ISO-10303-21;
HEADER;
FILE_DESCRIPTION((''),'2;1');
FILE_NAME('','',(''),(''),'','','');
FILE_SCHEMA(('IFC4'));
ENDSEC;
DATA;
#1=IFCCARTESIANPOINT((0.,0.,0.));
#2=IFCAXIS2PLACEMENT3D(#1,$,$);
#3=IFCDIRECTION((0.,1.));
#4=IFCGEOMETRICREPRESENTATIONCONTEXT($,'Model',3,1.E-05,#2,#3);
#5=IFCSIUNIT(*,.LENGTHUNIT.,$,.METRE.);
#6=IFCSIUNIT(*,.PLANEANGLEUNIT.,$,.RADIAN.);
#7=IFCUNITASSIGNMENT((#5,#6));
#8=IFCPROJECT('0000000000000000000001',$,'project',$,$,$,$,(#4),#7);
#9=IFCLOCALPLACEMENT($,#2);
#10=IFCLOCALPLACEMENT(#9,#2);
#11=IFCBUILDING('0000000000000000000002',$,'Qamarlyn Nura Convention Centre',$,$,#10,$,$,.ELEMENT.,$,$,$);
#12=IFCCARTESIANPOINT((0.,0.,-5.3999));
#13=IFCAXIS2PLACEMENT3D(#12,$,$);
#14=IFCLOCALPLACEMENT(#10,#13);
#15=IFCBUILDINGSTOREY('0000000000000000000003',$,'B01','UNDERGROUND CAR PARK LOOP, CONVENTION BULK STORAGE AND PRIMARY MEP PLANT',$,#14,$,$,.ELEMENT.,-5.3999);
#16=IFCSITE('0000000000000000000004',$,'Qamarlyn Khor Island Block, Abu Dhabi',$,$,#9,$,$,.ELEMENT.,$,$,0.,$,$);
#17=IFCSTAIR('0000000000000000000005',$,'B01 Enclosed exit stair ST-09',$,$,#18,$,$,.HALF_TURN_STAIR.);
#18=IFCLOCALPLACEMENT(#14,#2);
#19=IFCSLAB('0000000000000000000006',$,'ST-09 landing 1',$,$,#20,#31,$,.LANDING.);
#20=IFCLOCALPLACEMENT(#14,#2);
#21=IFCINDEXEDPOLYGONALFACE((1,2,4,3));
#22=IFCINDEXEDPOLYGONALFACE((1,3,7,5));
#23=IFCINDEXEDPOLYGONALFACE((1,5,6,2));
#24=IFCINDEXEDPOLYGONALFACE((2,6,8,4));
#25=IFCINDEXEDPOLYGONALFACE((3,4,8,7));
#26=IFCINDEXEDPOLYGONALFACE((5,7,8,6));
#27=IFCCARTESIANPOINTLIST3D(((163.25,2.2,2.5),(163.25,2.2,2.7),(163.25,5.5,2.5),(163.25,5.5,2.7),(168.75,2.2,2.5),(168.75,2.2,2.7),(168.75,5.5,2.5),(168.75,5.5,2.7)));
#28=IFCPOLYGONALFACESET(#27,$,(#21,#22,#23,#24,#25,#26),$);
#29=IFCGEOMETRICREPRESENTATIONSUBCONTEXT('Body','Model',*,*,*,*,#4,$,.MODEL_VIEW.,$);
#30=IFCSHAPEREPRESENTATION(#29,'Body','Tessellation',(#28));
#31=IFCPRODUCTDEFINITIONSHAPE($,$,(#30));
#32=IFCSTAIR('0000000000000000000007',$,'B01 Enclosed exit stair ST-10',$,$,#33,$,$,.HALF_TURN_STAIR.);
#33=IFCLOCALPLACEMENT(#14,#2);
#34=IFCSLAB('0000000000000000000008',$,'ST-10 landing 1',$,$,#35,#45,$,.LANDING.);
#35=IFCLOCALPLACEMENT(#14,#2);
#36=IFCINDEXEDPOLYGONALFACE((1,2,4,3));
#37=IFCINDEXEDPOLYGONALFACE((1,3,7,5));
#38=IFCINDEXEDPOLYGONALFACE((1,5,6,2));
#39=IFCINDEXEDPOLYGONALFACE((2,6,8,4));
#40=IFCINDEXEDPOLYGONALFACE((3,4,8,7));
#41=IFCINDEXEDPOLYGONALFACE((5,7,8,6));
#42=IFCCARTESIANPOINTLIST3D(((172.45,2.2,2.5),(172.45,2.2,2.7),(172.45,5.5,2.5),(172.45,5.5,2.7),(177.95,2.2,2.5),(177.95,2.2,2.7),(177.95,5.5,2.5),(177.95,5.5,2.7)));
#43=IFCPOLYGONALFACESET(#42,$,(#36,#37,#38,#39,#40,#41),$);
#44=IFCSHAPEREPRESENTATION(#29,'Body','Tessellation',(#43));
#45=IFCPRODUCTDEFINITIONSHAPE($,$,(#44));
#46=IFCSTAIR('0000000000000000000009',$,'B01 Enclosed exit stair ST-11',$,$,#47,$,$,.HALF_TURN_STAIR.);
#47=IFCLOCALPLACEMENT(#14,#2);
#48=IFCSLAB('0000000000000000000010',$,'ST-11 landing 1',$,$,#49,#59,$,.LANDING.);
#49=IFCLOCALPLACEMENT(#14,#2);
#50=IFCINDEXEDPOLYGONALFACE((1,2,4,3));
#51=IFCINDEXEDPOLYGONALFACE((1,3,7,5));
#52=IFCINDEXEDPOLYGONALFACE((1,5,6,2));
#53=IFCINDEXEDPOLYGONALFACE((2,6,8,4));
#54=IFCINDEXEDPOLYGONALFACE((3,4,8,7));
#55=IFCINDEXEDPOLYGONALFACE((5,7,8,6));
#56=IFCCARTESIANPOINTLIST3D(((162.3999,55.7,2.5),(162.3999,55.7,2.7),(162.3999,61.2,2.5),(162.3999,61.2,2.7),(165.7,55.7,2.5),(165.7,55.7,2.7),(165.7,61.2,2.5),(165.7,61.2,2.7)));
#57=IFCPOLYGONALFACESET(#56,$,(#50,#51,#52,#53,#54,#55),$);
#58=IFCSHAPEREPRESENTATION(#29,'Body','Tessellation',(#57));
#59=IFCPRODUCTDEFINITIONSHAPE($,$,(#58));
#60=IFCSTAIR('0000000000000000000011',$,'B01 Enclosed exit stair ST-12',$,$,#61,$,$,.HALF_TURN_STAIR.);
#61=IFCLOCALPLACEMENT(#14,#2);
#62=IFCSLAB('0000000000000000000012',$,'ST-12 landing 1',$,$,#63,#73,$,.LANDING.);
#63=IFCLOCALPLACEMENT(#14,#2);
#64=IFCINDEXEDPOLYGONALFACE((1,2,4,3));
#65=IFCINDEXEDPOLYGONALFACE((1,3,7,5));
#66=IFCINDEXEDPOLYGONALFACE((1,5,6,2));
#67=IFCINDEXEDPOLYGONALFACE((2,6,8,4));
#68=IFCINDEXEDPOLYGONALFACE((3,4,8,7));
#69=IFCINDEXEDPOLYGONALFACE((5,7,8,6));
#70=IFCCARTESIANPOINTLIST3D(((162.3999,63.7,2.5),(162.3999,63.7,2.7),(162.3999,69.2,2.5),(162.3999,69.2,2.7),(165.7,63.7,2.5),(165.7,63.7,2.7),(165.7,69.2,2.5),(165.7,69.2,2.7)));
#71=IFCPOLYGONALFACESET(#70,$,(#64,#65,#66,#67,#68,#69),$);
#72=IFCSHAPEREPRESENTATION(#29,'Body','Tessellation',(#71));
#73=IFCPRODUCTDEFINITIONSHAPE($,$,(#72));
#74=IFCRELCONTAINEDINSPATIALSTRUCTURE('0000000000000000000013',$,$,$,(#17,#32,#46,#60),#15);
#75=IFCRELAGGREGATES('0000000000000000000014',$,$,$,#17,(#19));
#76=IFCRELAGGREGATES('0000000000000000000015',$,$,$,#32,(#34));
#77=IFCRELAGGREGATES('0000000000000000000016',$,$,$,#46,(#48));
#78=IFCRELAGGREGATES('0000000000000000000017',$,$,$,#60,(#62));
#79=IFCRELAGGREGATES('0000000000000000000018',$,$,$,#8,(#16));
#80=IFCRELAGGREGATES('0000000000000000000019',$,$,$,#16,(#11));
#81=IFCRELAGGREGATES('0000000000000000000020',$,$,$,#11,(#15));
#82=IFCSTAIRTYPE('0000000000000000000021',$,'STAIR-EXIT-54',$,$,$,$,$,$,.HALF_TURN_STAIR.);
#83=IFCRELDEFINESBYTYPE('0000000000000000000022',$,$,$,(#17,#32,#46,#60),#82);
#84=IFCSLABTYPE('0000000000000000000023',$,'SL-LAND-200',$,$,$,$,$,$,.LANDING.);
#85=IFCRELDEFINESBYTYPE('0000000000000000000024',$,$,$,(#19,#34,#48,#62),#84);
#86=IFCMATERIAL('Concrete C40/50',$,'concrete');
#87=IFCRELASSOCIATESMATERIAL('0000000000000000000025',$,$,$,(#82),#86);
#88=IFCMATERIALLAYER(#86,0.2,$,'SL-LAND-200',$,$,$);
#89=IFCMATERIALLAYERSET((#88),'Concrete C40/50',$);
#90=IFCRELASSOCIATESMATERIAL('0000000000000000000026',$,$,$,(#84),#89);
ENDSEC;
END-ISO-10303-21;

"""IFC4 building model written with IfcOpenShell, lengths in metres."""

from ifc_helpers import new_model, si_unit, direction, frame, origin, place, context, subcontext, project, spatial, polyline, outline, extrude, material, layer, layer_set, type_object, element, aggregate, save


model = new_model("IFC4")

# Units and contexts
model_context = context("Model", 3, precision=1e-05, world=origin(), true_north=direction((0.0, 1.0)))
body_context = subcontext(model_context, "Body", "Model", "MODEL_VIEW")
ifc_project = project(units=[si_unit("LENGTHUNIT", "METRE"), si_unit("PLANEANGLEUNIT", "RADIAN")], contexts=[model_context])

# Site, building, storey
site_placement = place(None, origin())
site = spatial("IfcSite", under=ifc_project, at=site_placement, Name="Qamarlyn Khor Island Block, Abu Dhabi", CompositionType="ELEMENT", RefElevation=0.0)
building_placement = place(site_placement, origin())
building = spatial("IfcBuilding", under=site, at=building_placement, Name="Qamarlyn Nura Convention Centre", CompositionType="ELEMENT")
storey_placement = place(building_placement, frame((0.0, 0.0, -5.3999)))
storey = spatial("IfcBuildingStorey", under=building, at=storey_placement, Name="B01", Description="UNDERGROUND CAR PARK LOOP, CONVENTION BULK STORAGE AND PRIMARY MEP PLANT", CompositionType="ELEMENT", Elevation=-5.3999)

# Shared definitions
ifc_material = material(Name="Concrete C40/50", Category="concrete")

# Stairs, slabs
stair_type = type_object("IfcStairType", Name="STAIR-EXIT-54", PredefinedType="HALF_TURN_STAIR", material=ifc_material)
ifc_layer_1 = layer(ifc_material, 0.2, Name="SL-LAND-200")
ifc_layer_set_1 = layer_set([ifc_layer_1], Name="Concrete C40/50")
slab_type_1 = type_object("IfcSlabType", Name="SL-LAND-200", PredefinedType="LANDING", material=ifc_layer_set_1)
stair_1_placement = place(storey_placement, origin())
stair_1 = element("IfcStair", 1, at=stair_1_placement, inside=storey, type_object=stair_type, Name="B01 Enclosed exit stair ST-09", PredefinedType="HALF_TURN_STAIR")
slab_1_placement = place(storey_placement, frame((0.0, 0.0, 2.5)))
slab_1 = element("IfcSlab", 2, at=slab_1_placement, type_object=slab_type_1, Name="ST-09 landing 1", PredefinedType="LANDING", context=body_context, shape_type="SweptSolid", body=[
    extrude(outline(polyline([(163.25, 5.5), (163.25, 2.2), (168.75, 2.2), (168.75, 5.5), (163.25, 5.5)])), origin(), (0.0, 0.0, 1.0), 0.2),
])
aggregate(stair_1, [slab_1])
stair_2_placement = place(storey_placement, origin())
stair_2 = element("IfcStair", 3, at=stair_2_placement, inside=storey, type_object=stair_type, Name="B01 Enclosed exit stair ST-10", PredefinedType="HALF_TURN_STAIR")
slab_2_placement = place(storey_placement, frame((0.0, 0.0, 2.5)))
slab_2 = element("IfcSlab", 4, at=slab_2_placement, type_object=slab_type_1, Name="ST-10 landing 1", PredefinedType="LANDING", context=body_context, shape_type="SweptSolid", body=[
    extrude(outline(polyline([(172.45, 5.5), (172.45, 2.2), (177.95, 2.2), (177.95, 5.5), (172.45, 5.5)])), origin(), (0.0, 0.0, 1.0), 0.2),
])
aggregate(stair_2, [slab_2])
stair_3_placement = place(storey_placement, origin())
stair_3 = element("IfcStair", 5, at=stair_3_placement, inside=storey, type_object=stair_type, Name="B01 Enclosed exit stair ST-11", PredefinedType="HALF_TURN_STAIR")
slab_3_placement = place(storey_placement, frame((0.0, 0.0, 2.5)))
slab_3 = element("IfcSlab", 6, at=slab_3_placement, type_object=slab_type_1, Name="ST-11 landing 1", PredefinedType="LANDING", context=body_context, shape_type="SweptSolid", body=[
    extrude(outline(polyline([(165.7, 61.2), (162.3999, 61.2), (162.3999, 55.7), (165.7, 55.7), (165.7, 61.2)])), origin(), (0.0, 0.0, 1.0), 0.2),
])
aggregate(stair_3, [slab_3])
stair_4_placement = place(storey_placement, origin())
stair_4 = element("IfcStair", 7, at=stair_4_placement, inside=storey, type_object=stair_type, Name="B01 Enclosed exit stair ST-12", PredefinedType="HALF_TURN_STAIR")
slab_4_placement = place(storey_placement, frame((0.0, 0.0, 2.5)))
slab_4 = element("IfcSlab", 8, at=slab_4_placement, type_object=slab_type_1, Name="ST-12 landing 1", PredefinedType="LANDING", context=body_context, shape_type="SweptSolid", body=[
    extrude(outline(polyline([(165.7, 69.2), (162.3999, 69.2), (162.3999, 63.7), (165.7, 63.7), (165.7, 69.2)])), origin(), (0.0, 0.0, 1.0), 0.2),
])
aggregate(stair_4, [slab_4])

save(model, "model.ifc")
